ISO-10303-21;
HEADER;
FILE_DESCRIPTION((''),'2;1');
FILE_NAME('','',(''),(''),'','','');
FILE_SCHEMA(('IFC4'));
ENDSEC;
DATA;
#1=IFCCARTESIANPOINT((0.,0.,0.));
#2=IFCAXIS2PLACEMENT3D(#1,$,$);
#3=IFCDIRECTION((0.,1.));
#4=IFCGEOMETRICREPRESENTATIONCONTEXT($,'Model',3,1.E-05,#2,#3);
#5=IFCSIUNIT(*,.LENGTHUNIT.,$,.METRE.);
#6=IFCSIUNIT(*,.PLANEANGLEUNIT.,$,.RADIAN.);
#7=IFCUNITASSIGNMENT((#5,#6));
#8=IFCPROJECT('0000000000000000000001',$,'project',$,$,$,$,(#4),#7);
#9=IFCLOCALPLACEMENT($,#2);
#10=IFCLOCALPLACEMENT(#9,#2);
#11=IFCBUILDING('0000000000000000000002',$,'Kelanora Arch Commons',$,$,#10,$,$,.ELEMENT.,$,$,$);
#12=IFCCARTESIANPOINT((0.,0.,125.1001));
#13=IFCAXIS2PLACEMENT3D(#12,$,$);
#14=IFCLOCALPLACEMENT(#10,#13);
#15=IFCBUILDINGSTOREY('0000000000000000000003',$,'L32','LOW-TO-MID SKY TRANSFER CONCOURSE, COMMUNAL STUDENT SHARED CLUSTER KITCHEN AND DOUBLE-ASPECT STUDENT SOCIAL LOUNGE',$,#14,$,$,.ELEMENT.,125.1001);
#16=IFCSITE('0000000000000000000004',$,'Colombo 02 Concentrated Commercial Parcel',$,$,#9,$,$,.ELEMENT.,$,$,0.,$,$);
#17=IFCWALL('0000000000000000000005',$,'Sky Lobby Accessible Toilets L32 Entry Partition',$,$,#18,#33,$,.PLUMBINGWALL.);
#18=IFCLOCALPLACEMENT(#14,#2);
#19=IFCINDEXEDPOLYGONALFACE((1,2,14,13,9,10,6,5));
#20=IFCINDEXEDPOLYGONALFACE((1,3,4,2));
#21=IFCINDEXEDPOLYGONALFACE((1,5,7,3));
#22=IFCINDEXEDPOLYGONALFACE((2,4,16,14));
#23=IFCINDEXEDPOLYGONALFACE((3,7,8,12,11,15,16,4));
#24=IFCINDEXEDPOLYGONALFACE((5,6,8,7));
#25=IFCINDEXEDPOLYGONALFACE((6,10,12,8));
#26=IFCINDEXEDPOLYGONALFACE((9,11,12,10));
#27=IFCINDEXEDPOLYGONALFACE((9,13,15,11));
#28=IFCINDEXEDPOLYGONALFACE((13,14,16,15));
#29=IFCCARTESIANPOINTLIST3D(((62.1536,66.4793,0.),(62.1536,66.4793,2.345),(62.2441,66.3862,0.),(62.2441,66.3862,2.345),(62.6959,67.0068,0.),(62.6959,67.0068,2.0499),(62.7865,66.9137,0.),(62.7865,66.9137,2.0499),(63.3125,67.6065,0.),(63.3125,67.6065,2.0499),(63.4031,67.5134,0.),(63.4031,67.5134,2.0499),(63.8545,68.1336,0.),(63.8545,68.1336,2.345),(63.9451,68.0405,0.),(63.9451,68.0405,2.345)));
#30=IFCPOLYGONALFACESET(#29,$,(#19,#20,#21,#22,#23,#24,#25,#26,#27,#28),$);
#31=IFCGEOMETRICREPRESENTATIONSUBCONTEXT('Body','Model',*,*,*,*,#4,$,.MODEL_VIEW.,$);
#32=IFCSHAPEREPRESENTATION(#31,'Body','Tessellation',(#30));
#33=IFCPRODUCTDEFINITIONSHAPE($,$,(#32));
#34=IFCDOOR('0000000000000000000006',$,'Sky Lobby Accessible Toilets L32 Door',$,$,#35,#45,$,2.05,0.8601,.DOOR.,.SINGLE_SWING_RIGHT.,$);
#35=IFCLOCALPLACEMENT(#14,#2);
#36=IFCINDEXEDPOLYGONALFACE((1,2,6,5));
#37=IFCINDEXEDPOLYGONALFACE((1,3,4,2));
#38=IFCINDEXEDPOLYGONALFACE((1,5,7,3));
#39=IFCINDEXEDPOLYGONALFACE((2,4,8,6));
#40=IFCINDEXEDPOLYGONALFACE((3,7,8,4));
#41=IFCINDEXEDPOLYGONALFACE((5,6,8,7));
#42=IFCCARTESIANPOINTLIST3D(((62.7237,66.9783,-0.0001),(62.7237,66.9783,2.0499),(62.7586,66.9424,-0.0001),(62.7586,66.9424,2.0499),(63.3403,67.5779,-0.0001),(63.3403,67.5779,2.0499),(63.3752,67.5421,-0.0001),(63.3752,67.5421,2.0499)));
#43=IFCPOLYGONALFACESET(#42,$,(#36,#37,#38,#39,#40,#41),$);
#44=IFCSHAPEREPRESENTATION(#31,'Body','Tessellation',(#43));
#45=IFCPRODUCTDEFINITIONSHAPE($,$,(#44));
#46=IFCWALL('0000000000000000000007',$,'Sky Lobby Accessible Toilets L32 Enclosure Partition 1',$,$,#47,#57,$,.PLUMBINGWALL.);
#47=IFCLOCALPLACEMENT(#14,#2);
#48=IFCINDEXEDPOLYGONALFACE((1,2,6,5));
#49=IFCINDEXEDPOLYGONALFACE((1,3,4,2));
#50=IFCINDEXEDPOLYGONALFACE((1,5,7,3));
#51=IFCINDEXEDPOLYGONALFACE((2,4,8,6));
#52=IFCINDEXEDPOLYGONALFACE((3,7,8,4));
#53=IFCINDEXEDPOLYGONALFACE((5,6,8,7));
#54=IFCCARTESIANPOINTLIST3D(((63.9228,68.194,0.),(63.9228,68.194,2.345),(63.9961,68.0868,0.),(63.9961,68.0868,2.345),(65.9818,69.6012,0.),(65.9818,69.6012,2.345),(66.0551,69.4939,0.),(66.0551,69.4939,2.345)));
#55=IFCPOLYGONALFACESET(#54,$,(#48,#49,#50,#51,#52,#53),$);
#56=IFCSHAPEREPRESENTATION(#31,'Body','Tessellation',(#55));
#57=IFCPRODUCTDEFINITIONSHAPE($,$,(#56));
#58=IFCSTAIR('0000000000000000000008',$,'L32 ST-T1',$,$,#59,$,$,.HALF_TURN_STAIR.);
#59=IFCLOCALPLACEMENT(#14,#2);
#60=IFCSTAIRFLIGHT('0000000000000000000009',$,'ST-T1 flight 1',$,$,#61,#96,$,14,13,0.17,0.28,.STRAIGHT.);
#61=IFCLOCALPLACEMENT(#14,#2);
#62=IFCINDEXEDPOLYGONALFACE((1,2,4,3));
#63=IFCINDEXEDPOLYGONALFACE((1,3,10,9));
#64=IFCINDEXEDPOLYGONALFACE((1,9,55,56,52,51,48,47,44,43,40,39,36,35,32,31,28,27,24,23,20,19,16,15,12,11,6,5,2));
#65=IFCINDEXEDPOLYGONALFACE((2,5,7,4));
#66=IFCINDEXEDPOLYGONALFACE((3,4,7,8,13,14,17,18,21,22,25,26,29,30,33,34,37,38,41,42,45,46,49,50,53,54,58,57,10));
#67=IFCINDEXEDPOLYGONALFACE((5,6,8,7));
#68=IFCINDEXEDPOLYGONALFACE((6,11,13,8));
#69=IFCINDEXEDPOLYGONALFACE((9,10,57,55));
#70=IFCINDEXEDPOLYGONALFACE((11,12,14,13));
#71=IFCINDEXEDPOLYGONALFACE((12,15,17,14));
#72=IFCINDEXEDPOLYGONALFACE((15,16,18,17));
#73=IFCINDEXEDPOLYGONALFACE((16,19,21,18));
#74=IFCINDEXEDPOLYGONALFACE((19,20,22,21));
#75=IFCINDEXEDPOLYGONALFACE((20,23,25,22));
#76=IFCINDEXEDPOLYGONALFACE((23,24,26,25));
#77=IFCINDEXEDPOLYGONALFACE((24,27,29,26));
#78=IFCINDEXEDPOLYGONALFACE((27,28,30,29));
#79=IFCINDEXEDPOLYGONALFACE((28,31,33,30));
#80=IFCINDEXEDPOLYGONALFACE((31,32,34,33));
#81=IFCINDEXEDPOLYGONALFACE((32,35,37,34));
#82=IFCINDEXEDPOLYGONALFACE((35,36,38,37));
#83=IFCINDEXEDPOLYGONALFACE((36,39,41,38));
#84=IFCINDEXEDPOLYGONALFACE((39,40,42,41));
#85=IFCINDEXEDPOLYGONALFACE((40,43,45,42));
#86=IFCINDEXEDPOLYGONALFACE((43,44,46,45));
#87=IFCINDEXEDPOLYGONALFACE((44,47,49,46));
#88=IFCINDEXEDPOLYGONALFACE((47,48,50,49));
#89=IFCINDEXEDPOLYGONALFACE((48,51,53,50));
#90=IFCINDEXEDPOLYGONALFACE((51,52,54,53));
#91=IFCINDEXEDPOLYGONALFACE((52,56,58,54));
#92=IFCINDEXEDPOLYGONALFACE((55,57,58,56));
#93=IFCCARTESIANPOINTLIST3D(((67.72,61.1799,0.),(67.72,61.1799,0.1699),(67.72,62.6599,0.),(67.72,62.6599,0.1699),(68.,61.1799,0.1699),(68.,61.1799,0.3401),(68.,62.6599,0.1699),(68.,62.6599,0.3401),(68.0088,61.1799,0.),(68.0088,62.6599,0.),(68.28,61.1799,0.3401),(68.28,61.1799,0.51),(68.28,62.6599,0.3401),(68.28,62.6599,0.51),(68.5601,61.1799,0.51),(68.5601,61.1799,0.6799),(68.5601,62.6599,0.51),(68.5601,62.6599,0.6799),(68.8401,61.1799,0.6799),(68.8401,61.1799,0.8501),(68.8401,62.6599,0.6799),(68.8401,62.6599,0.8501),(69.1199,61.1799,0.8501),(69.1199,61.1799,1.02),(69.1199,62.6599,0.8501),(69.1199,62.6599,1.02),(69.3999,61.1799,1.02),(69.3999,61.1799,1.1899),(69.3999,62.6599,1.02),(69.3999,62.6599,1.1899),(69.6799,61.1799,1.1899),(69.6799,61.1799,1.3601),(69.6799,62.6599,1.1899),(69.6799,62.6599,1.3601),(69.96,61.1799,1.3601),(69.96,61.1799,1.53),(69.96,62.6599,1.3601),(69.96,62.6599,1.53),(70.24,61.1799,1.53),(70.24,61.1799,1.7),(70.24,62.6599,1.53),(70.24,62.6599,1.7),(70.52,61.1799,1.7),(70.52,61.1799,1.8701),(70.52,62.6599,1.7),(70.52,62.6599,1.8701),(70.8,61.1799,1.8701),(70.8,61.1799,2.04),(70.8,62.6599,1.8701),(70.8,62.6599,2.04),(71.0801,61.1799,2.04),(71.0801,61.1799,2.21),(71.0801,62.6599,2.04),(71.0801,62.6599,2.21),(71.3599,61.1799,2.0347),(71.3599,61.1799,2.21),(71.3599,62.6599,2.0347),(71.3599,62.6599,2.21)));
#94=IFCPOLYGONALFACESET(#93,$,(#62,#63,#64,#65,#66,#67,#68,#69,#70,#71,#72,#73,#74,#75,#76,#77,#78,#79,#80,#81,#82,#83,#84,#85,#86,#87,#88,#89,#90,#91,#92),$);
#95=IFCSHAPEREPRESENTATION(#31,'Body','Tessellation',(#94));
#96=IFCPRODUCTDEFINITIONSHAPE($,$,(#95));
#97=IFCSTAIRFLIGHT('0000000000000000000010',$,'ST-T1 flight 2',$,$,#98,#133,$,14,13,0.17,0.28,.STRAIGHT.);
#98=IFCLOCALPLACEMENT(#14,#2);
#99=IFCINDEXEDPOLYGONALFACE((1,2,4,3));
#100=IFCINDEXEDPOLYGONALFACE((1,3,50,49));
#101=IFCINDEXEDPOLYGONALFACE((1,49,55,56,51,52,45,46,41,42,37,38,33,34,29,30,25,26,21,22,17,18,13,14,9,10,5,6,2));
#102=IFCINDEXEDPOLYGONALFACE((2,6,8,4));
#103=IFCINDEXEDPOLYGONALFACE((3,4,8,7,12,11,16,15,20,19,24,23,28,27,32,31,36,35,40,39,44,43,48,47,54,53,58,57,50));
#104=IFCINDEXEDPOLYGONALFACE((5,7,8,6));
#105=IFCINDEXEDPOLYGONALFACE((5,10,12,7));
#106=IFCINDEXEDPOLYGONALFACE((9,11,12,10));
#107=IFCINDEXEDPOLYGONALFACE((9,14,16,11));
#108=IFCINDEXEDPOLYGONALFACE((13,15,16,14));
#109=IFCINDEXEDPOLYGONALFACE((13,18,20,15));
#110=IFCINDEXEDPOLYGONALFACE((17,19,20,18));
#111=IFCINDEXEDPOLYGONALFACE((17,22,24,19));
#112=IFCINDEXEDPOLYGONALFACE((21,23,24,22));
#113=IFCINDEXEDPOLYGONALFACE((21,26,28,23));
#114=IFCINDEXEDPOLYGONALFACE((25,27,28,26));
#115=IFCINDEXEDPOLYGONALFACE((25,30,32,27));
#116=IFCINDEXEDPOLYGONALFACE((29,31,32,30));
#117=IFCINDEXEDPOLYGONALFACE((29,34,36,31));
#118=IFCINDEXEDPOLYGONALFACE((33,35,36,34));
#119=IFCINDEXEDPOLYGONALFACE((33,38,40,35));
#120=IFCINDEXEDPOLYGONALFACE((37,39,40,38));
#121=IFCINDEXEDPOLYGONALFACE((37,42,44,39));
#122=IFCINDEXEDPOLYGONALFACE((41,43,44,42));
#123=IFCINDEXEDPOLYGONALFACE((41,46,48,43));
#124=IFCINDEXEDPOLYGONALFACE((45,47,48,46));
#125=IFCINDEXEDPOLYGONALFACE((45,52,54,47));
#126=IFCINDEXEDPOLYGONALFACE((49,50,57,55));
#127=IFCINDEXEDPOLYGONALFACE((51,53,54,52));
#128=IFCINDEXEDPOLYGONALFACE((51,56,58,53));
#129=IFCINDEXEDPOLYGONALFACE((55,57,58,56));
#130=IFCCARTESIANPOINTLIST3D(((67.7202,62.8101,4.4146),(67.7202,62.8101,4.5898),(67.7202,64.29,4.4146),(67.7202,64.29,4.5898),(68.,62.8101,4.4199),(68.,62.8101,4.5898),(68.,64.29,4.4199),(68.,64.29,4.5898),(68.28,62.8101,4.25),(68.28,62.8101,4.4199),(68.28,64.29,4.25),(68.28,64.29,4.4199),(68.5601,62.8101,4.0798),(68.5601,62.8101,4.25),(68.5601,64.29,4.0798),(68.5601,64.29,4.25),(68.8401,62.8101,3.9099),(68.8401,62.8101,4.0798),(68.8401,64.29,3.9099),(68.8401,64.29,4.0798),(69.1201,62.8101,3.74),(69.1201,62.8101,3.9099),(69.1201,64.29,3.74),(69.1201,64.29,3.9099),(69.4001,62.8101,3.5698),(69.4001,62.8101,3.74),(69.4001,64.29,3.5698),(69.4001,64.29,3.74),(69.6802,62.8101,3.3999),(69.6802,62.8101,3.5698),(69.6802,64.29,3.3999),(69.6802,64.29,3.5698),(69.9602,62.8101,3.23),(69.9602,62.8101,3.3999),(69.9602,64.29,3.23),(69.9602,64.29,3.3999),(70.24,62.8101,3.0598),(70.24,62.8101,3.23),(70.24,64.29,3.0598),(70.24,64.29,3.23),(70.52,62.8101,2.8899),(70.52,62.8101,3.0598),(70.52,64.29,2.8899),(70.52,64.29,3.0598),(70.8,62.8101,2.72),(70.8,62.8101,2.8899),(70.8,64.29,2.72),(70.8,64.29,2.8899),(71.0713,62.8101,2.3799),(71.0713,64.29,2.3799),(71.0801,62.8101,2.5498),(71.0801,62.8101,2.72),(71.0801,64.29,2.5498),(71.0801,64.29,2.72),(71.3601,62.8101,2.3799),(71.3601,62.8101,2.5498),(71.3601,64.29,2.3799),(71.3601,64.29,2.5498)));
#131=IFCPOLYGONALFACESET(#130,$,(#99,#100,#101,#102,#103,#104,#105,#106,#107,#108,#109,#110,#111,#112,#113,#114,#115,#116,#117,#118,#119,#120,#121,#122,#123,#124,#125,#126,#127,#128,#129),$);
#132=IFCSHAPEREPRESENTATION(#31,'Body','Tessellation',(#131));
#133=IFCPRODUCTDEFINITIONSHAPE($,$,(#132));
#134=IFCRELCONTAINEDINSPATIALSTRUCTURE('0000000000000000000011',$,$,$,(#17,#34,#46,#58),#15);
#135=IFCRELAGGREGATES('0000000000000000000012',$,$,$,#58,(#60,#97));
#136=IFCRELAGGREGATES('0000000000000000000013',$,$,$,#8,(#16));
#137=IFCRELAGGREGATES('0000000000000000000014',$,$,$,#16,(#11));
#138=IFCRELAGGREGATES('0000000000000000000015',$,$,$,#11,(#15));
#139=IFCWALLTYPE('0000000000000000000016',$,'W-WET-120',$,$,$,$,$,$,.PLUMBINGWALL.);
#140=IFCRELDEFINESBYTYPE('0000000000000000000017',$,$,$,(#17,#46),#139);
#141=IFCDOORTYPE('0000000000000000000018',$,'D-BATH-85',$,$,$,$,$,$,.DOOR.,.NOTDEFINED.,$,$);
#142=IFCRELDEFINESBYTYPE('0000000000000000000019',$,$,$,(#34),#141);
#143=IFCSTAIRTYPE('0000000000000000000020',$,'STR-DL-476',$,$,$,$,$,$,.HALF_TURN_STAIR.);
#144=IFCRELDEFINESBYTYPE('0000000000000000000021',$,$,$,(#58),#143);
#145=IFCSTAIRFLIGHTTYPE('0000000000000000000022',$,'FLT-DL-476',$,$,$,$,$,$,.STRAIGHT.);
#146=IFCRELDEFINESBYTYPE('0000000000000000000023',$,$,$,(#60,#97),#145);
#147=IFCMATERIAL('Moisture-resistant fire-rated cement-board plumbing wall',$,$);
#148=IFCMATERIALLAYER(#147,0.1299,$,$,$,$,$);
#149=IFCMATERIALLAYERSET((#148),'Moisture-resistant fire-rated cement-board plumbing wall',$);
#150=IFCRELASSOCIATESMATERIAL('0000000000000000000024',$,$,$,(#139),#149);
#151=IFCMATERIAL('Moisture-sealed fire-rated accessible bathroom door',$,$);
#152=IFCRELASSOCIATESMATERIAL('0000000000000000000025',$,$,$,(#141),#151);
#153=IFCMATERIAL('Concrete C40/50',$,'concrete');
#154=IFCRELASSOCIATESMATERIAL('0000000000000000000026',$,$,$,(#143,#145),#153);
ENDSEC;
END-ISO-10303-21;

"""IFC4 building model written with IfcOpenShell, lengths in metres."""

from ifc_helpers import new_model, si_unit, direction, frame, frame_2d, origin, place, context, subcontext, project, spatial, polyline, rectangle, outline, extrude, material, layer, layer_set, type_object, element, fill, aggregate, save


model = new_model("IFC4")

# Units and contexts
model_context = context("Model", 3, precision=1e-05, world=origin(), true_north=direction((0.0, 1.0)))
body_context = subcontext(model_context, "Body", "Model", "MODEL_VIEW")
ifc_project = project(units=[si_unit("LENGTHUNIT", "METRE"), si_unit("PLANEANGLEUNIT", "RADIAN")], contexts=[model_context])

# Site, building, storey
site_placement = place(None, origin())
site = spatial("IfcSite", under=ifc_project, at=site_placement, Name="Colombo 02 Concentrated Commercial Parcel", CompositionType="ELEMENT", RefElevation=0.0)
building_placement = place(site_placement, origin())
building = spatial("IfcBuilding", under=site, at=building_placement, Name="Kelanora Arch Commons", CompositionType="ELEMENT")
storey_placement = place(building_placement, frame((0.0, 0.0, 125.1001)))
storey = spatial("IfcBuildingStorey", under=building, at=storey_placement, Name="L32", Description="LOW-TO-MID SKY TRANSFER CONCOURSE, COMMUNAL STUDENT SHARED CLUSTER KITCHEN AND DOUBLE-ASPECT STUDENT SOCIAL LOUNGE", CompositionType="ELEMENT", Elevation=125.1001)

# Shared definitions
ifc_material_1 = material(Name="Concrete C40/50", Category="concrete")

# Wall, opening, door
ifc_material_2 = material(Name="Moisture-resistant fire-rated cement-board plumbing wall")
ifc_layer_1 = layer(ifc_material_2, 0.1299)
ifc_layer_set_1 = layer_set([ifc_layer_1], Name="Moisture-resistant fire-rated cement-board plumbing wall")
wall_type_1 = type_object("IfcWallType", Name="W-WET-120", PredefinedType="PLUMBINGWALL", material=ifc_layer_set_1)
wall_1_placement = place(storey_placement, frame((63.8999, 68.0872, 0.0), z_axis=(0.0, 0.0, 1.0), x_axis=(-0.716865, -0.697212, 0.0)))
wall_1 = element("IfcWall", 1, at=wall_1_placement, inside=storey, type_object=wall_type_1, Name="Sky Lobby Accessible Toilets L32 Entry Partition", PredefinedType="PLUMBINGWALL", context=body_context, shape_type="SweptSolid", body=[
    extrude(rectangle(XDim=2.3728, YDim=0.1299, at=frame_2d((1.1865, 0.0))), origin(), (0.0, 0.0, 1.0), 2.345),
])
opening_1_placement = place(wall_1_placement, frame((0.7561, 0.0, 0.0)))
opening_1 = element("IfcOpeningElement", 2, at=opening_1_placement, cuts=wall_1, PredefinedType="OPENING", context=body_context, shape_type="SweptSolid", body=[
    extrude(rectangle(XDim=0.8601, YDim=2.05, at=frame_2d((0.4302, 1.0249))), frame((0.0, 0.075, 0.0), z_axis=(0.0, -1.0, 0.0), x_axis=(1.0, 0.0, 0.0)), (0.0, 0.0, 1.0), 0.1499),
])
ifc_material_3 = material(Name="Moisture-sealed fire-rated accessible bathroom door")
door_type_1 = type_object("IfcDoorType", Name="D-BATH-85", OperationType="NOTDEFINED", PredefinedType="DOOR", material=ifc_material_3)
door_1_placement = place(opening_1_placement, origin())
door_1 = element("IfcDoor", 3, at=door_1_placement, inside=storey, type_object=door_type_1, Name="Sky Lobby Accessible Toilets L32 Door", OperationType="SINGLE_SWING_RIGHT", OverallHeight=2.05, OverallWidth=0.8601, PredefinedType="DOOR", context=body_context, shape_type="SweptSolid", body=[
    extrude(rectangle(XDim=0.8601, YDim=2.05, at=frame_2d((0.4302, 1.0249))), frame((0.0, 0.0249, 0.0), z_axis=(0.0, -1.0, 0.0), x_axis=(1.0, 0.0, 0.0)), (0.0, 0.0, 1.0), 0.05),
])
fill(opening_1, door_1)

# Wall
wall_2_placement = place(storey_placement, frame((66.0186, 69.5476, 0.0), z_axis=(0.0, 0.0, 1.0), x_axis=(-0.82561, -0.564242, 0.0)))
element("IfcWall", 4, at=wall_2_placement, inside=storey, type_object=wall_type_1, Name="Sky Lobby Accessible Toilets L32 Enclosure Partition 1", PredefinedType="PLUMBINGWALL", context=body_context, shape_type="SweptSolid", body=[
    extrude(rectangle(XDim=2.4939, YDim=0.1299, at=frame_2d((1.2471, 0.0))), origin(), (0.0, 0.0, 1.0), 2.345),
])

# Stair, stair flights
stair_type = type_object("IfcStairType", Name="STR-DL-476", PredefinedType="HALF_TURN_STAIR", material=ifc_material_1)
stair_placement = place(storey_placement, origin())
stair = element("IfcStair", 5, at=stair_placement, inside=storey, type_object=stair_type, Name="L32 ST-T1", PredefinedType="HALF_TURN_STAIR")
stair_flight_type = type_object("IfcStairFlightType", Name="FLT-DL-476", PredefinedType="STRAIGHT", material=ifc_material_1)
stair_flight_1_placement = place(storey_placement, frame((67.72, 61.9199, 0.0), z_axis=(0.0, 0.0, 1.0), x_axis=(1.0, 0.0, 0.0)))
stair_flight_1 = element("IfcStairFlight", 6, at=stair_flight_1_placement, type_object=stair_flight_type, Name="ST-T1 flight 1", NumberOfRisers=14, NumberOfTreads=13, PredefinedType="STRAIGHT", RiserHeight=0.17, TreadLength=0.28, context=body_context, shape_type="SweptSolid", body=[
    extrude(outline(polyline([(0.0, 0.0), (0.0, 0.1699), (0.28, 0.1699), (0.28, 0.3401), (0.5601, 0.3401), (0.5601, 0.51), (0.8401, 0.51), (0.8401, 0.6799), (1.1201, 0.6799), (1.1201, 0.8501), (1.3999, 0.8501), (1.3999, 1.02), (1.6799, 1.02), (1.6799, 1.1899), (1.96, 1.1899), (1.96, 1.3601), (2.24, 1.3601), (2.24, 1.53), (2.52, 1.53), (2.52, 1.7), (2.8, 1.7), (2.8, 1.8701), (3.0801, 1.8701), (3.0801, 2.04), (3.3601, 2.04), (3.3601, 2.21), (3.6399, 2.21), (3.6399, 2.3799), (3.6399, 2.0347), (0.2888, 0.0), (0.0, 0.0)])), frame((0.0, 0.74, 0.0), z_axis=(0.0, -1.0, 0.0), x_axis=(1.0, 0.0, 0.0)), (0.0, 0.0, 1.0), 1.48),
])
stair_flight_2_placement = place(storey_placement, frame((71.3601, 63.55, 2.3799), z_axis=(0.0, 0.0, 1.0), x_axis=(-1.0, 0.0, 0.0)))
stair_flight_2 = element("IfcStairFlight", 7, at=stair_flight_2_placement, type_object=stair_flight_type, Name="ST-T1 flight 2", NumberOfRisers=14, NumberOfTreads=13, PredefinedType="STRAIGHT", RiserHeight=0.17, TreadLength=0.28, context=body_context, shape_type="SweptSolid", body=[
    extrude(outline(polyline([(0.0, 0.0), (0.0, 0.1699), (0.28, 0.1699), (0.28, 0.3401), (0.5601, 0.3401), (0.5601, 0.51), (0.8401, 0.51), (0.8401, 0.6799), (1.1201, 0.6799), (1.1201, 0.8501), (1.3999, 0.8501), (1.3999, 1.02), (1.6799, 1.02), (1.6799, 1.1899), (1.96, 1.1899), (1.96, 1.3601), (2.24, 1.3601), (2.24, 1.53), (2.52, 1.53), (2.52, 1.7), (2.8, 1.7), (2.8, 1.8701), (3.0801, 1.8701), (3.0801, 2.04), (3.3601, 2.04), (3.3601, 2.21), (3.6399, 2.21), (3.6399, 2.3799), (3.6399, 2.0347), (0.2888, 0.0), (0.0, 0.0)])), frame((0.0, 0.74, 0.0), z_axis=(0.0, -1.0, 0.0), x_axis=(1.0, 0.0, 0.0)), (0.0, 0.0, 1.0), 1.48),
])
aggregate(stair, [stair_flight_1, stair_flight_2])

save(model, "model.ifc")
